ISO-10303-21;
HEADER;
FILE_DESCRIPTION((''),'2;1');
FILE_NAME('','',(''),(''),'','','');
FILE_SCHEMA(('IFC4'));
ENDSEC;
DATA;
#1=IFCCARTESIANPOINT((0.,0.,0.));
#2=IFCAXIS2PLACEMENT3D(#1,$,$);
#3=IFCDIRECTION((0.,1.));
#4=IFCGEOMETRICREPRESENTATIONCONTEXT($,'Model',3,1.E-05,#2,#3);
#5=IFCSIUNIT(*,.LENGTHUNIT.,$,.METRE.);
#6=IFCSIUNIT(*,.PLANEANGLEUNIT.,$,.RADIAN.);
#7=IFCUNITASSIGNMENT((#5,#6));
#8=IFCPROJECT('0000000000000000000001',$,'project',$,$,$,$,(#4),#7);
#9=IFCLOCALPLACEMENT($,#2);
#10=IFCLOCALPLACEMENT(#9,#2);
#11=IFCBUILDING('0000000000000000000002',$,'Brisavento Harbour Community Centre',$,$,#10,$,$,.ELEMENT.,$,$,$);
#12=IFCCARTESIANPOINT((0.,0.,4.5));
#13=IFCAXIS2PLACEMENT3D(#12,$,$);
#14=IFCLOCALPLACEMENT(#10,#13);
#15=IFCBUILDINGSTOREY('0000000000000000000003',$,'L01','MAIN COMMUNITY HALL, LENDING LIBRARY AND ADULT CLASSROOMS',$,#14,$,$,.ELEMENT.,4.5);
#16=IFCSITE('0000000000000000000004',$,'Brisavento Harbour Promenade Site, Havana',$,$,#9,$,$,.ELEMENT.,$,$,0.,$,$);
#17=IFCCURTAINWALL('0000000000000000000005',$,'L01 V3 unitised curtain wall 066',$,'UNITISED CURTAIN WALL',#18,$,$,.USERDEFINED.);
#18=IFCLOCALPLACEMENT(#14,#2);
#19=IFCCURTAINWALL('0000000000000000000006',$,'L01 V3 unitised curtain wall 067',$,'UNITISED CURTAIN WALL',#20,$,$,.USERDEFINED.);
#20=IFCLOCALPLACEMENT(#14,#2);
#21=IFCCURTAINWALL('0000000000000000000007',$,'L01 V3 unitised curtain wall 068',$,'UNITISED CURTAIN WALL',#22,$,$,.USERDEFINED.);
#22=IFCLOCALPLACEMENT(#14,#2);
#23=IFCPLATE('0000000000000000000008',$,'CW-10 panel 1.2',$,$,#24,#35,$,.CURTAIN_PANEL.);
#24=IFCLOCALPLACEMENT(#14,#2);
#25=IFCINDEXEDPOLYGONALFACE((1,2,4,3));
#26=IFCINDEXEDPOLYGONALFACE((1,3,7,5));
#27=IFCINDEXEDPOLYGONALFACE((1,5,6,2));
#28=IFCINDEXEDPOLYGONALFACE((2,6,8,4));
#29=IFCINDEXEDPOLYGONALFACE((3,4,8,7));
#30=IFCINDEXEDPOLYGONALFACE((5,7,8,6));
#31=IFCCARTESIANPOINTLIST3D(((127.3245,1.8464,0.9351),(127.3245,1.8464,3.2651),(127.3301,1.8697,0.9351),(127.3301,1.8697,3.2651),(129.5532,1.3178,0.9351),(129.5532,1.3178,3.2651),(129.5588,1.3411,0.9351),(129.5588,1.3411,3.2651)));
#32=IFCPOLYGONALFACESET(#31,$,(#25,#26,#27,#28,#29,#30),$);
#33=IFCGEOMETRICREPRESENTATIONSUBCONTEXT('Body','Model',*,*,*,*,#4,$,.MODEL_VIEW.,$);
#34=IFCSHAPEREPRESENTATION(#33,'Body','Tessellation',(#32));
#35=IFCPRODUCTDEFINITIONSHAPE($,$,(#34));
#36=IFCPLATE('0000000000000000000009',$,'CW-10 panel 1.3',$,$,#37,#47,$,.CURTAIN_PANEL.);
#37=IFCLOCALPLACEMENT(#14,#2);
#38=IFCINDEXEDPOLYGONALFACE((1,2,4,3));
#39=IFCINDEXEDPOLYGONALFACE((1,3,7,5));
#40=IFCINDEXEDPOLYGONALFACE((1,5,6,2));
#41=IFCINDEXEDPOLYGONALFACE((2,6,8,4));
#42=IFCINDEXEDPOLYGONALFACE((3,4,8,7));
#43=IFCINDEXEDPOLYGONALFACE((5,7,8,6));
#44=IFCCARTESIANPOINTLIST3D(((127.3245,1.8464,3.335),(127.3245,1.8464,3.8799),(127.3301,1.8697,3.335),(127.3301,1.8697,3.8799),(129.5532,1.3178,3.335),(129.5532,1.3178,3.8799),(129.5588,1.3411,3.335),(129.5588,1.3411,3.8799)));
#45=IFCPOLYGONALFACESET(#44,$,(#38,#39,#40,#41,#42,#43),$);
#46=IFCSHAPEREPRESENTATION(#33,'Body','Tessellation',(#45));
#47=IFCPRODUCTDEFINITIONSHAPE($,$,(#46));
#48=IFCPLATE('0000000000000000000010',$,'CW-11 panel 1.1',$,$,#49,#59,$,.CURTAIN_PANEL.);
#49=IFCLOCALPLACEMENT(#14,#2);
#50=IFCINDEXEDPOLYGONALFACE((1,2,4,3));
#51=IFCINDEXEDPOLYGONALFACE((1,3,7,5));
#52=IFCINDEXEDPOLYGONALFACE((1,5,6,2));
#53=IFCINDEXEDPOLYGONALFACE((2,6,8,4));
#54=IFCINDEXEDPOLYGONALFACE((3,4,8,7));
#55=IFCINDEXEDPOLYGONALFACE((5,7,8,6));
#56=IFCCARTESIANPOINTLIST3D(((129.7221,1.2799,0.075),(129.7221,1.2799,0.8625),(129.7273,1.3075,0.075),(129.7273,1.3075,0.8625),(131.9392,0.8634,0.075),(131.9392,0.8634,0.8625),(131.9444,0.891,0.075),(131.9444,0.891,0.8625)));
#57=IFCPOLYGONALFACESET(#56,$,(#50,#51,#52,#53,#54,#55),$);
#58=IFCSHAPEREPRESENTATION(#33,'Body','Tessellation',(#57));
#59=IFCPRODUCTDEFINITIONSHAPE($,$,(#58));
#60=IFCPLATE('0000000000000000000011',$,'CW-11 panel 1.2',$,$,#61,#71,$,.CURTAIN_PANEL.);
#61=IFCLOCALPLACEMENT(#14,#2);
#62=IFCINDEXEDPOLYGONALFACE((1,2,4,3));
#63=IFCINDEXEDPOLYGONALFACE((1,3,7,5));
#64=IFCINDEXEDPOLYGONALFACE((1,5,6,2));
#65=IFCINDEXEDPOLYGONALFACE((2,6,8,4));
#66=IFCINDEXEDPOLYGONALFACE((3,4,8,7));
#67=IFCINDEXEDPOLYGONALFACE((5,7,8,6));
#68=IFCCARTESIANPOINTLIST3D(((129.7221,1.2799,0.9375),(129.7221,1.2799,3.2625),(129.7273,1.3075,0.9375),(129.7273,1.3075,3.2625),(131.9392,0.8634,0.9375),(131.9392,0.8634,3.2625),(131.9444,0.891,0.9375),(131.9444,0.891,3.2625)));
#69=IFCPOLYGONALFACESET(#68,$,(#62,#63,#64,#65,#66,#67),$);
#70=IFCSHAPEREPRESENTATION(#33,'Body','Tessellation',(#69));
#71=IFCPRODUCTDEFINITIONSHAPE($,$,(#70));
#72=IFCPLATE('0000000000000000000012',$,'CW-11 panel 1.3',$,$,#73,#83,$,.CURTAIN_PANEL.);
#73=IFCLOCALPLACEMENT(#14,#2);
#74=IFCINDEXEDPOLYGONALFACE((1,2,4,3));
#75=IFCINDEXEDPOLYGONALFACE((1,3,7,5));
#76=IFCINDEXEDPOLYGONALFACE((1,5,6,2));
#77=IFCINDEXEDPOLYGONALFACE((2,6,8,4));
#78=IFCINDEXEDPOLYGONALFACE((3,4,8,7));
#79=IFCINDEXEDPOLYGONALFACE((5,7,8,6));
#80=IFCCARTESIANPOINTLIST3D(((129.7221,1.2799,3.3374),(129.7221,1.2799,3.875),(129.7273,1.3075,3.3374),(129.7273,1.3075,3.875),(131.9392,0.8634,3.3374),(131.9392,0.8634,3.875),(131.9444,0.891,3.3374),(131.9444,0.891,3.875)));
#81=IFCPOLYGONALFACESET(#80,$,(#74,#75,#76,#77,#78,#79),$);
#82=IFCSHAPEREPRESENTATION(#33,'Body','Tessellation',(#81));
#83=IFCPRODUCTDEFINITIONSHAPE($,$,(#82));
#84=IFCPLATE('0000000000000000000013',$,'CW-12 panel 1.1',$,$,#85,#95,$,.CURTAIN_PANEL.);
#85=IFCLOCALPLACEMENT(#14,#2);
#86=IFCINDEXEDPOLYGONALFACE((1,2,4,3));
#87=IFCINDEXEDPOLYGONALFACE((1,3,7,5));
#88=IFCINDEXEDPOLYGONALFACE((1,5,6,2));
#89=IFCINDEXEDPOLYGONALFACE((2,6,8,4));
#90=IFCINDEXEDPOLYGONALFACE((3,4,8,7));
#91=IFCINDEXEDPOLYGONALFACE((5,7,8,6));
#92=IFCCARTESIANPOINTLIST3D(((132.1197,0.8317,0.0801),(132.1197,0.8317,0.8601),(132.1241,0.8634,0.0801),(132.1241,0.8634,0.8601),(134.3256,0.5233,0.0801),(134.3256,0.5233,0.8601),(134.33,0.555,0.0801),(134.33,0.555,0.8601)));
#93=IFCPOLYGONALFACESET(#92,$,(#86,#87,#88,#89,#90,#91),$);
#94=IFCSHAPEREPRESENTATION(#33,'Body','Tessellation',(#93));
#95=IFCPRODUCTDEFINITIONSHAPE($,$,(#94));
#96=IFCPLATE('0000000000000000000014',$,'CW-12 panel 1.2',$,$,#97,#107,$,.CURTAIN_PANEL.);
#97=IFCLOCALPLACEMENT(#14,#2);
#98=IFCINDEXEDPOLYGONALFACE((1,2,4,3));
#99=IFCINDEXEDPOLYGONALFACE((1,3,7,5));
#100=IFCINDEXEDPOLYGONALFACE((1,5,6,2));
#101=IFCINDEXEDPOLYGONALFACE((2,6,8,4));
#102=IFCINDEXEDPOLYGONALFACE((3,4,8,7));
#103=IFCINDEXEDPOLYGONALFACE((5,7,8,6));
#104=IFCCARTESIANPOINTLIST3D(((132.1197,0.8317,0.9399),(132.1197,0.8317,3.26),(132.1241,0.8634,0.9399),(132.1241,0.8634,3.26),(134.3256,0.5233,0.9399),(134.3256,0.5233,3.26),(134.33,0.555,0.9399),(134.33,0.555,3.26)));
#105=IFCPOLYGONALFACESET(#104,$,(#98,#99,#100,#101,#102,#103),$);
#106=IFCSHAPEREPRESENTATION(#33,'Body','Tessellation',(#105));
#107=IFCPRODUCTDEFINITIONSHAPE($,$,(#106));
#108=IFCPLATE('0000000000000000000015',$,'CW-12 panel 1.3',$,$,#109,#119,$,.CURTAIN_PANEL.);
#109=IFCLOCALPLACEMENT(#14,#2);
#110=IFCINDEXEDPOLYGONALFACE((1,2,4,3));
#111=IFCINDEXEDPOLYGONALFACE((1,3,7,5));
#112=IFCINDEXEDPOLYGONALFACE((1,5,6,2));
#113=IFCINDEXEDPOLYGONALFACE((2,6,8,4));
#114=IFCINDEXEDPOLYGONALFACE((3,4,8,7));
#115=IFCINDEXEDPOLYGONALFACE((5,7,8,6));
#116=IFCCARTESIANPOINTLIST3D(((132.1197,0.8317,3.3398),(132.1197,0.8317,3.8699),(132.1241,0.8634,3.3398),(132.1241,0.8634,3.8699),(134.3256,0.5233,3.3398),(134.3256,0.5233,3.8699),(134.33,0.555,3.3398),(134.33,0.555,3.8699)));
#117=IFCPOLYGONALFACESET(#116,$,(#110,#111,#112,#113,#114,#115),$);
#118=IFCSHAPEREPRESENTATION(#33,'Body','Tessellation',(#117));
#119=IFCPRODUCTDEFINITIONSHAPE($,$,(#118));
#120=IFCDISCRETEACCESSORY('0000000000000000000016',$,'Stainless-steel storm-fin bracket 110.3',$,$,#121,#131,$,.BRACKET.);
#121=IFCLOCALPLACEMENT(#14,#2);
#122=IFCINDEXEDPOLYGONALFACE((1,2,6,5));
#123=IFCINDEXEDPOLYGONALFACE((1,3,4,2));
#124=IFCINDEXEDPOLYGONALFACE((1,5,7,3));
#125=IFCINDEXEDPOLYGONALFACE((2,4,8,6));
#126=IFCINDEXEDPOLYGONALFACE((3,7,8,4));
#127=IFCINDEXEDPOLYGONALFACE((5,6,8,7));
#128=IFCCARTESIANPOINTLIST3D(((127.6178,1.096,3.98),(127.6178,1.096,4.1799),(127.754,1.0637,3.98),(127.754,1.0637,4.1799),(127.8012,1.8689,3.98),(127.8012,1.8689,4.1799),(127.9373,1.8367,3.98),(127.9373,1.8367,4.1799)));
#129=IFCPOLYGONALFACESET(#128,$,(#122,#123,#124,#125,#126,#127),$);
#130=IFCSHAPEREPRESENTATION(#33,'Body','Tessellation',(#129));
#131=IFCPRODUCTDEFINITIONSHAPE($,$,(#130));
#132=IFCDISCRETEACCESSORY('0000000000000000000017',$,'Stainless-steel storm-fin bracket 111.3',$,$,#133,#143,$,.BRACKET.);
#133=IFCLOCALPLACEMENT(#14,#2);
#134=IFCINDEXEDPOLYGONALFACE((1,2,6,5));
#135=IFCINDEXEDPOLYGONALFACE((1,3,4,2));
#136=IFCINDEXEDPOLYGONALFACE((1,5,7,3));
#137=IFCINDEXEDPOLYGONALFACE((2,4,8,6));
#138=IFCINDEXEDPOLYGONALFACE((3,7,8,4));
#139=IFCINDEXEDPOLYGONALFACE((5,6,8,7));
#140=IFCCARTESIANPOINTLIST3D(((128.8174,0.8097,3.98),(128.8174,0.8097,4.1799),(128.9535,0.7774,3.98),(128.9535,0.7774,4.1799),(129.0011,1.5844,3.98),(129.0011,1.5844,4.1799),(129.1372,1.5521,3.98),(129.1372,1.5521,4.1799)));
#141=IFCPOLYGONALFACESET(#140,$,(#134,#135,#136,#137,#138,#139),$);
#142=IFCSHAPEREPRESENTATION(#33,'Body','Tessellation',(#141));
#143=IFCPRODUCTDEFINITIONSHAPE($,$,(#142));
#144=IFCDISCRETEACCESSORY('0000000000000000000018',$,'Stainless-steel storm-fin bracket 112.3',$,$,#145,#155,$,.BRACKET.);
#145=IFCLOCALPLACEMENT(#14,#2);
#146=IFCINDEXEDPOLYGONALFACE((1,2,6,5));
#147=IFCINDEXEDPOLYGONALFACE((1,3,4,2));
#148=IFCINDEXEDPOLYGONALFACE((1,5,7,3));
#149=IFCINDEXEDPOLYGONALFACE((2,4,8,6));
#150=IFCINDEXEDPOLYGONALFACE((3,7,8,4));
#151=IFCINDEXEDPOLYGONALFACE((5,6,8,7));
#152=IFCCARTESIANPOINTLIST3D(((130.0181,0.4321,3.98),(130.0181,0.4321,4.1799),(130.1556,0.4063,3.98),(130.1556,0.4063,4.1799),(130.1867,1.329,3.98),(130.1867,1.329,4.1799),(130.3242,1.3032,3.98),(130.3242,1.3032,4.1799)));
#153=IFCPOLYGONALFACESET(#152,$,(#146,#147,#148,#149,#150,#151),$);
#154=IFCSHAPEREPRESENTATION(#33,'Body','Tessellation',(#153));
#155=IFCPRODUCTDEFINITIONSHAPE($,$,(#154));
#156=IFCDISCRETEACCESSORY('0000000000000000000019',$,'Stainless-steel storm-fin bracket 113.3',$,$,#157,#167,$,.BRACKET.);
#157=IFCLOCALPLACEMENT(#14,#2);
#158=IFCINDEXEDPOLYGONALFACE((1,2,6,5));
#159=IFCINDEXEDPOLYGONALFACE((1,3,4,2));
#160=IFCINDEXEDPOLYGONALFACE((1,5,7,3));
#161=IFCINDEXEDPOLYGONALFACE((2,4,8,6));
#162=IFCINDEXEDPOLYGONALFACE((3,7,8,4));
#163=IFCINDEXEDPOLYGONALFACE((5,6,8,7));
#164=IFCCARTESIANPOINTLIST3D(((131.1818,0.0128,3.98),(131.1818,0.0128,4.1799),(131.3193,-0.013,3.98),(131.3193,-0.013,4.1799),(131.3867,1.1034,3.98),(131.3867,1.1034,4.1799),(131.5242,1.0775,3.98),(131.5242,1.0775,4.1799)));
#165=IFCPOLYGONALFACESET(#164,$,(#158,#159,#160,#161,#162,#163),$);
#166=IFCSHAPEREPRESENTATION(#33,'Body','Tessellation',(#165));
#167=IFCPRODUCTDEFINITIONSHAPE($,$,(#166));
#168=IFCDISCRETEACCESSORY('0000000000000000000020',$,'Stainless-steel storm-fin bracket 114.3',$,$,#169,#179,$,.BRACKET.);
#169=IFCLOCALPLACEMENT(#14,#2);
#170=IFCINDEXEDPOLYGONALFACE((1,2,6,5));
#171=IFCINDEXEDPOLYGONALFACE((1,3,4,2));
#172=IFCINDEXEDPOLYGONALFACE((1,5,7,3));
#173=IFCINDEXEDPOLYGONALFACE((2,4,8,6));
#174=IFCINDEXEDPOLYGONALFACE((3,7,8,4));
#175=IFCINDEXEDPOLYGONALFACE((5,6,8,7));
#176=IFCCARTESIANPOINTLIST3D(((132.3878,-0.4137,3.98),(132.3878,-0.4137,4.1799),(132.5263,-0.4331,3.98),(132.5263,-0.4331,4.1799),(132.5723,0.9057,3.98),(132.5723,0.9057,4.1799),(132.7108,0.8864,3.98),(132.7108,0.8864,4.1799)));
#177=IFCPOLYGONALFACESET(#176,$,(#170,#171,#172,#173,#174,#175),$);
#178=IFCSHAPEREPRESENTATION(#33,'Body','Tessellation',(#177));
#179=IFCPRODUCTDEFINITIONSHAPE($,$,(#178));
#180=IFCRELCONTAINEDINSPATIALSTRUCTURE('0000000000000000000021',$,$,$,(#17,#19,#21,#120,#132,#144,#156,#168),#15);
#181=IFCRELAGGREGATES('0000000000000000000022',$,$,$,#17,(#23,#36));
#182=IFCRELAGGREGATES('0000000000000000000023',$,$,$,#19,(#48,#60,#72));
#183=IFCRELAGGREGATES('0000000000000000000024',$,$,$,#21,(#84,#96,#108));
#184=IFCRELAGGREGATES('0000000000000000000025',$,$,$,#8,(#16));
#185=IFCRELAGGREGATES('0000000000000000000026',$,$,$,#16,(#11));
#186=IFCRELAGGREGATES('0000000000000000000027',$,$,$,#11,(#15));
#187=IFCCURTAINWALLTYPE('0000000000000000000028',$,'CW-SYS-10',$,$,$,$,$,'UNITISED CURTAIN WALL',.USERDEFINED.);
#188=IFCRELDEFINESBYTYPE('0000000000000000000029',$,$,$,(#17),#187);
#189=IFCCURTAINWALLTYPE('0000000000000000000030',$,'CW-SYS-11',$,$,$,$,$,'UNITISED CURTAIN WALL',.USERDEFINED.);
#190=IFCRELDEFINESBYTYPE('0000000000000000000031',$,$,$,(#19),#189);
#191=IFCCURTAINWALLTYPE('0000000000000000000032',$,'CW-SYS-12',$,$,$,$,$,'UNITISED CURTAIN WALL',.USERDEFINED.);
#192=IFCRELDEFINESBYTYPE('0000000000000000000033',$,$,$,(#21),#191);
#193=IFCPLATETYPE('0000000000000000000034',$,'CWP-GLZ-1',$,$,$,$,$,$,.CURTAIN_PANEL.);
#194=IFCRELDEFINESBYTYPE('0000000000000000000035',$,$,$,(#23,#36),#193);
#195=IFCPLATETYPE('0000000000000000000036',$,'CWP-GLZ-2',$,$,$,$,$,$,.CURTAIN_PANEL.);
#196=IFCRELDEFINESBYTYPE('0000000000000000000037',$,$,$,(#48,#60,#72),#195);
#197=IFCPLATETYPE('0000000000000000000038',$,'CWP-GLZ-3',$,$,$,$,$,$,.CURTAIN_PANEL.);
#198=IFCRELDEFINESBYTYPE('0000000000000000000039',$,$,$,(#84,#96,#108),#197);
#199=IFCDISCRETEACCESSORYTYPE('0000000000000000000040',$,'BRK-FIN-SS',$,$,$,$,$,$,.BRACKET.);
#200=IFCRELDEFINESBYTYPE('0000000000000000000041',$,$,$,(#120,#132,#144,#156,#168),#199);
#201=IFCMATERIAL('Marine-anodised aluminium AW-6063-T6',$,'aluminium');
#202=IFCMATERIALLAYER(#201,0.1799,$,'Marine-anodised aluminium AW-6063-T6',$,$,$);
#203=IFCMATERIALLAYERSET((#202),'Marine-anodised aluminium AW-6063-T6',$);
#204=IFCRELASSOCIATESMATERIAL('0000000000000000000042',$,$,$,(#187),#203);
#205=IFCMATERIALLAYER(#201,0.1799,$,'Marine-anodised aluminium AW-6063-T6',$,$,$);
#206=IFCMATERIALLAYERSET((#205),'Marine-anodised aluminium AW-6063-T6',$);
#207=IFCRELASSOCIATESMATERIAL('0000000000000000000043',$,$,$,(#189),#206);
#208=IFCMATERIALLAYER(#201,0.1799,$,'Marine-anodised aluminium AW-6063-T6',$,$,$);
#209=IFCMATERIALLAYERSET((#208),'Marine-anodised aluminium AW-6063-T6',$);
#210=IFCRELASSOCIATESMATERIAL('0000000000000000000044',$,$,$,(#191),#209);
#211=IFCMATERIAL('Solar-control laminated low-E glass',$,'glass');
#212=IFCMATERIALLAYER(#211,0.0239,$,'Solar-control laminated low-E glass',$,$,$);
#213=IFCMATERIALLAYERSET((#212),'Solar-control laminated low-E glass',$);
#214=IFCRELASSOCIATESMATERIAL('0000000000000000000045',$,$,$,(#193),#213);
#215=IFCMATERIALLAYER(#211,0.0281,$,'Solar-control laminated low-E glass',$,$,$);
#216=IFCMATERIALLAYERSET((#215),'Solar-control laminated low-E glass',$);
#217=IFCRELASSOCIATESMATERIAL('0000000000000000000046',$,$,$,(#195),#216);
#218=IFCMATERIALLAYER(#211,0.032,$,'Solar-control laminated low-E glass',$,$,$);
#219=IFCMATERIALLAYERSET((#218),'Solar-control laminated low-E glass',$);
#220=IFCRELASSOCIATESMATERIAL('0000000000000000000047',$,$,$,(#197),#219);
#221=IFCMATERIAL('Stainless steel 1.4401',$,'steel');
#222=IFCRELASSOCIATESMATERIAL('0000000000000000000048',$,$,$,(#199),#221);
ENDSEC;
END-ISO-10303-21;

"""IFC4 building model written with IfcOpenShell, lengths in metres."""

from ifc_helpers import new_model, si_unit, direction, frame, origin, origin_2d, place, context, subcontext, project, spatial, rectangle, extrude, material, layer, layer_set, type_object, element, aggregate, save


model = new_model("IFC4")

# Units and contexts
model_context = context("Model", 3, precision=1e-05, world=origin(), true_north=direction((0.0, 1.0)))
body_context = subcontext(model_context, "Body", "Model", "MODEL_VIEW")
ifc_project = project(units=[si_unit("LENGTHUNIT", "METRE"), si_unit("PLANEANGLEUNIT", "RADIAN")], contexts=[model_context])

# Site, building, storey
site_placement = place(None, origin())
site = spatial("IfcSite", under=ifc_project, at=site_placement, Name="Brisavento Harbour Promenade Site, Havana", CompositionType="ELEMENT", RefElevation=0.0)
building_placement = place(site_placement, origin())
building = spatial("IfcBuilding", under=site, at=building_placement, Name="Brisavento Harbour Community Centre", CompositionType="ELEMENT")
storey_placement = place(building_placement, frame((0.0, 0.0, 4.5)))
storey = spatial("IfcBuildingStorey", under=building, at=storey_placement, Name="L01", Description="MAIN COMMUNITY HALL, LENDING LIBRARY AND ADULT CLASSROOMS", CompositionType="ELEMENT", Elevation=4.5)

# Curtain wall
ifc_material_1 = material(Name="Marine-anodised aluminium AW-6063-T6", Category="aluminium")
ifc_layer_1 = layer(ifc_material_1, 0.1799, Name="Marine-anodised aluminium AW-6063-T6")
ifc_layer_set_1 = layer_set([ifc_layer_1], Name="Marine-anodised aluminium AW-6063-T6")
curtain_wall_type_1 = type_object("IfcCurtainWallType", Name="CW-SYS-10", ElementType="UNITISED CURTAIN WALL", PredefinedType="USERDEFINED", material=ifc_layer_set_1)
curtain_wall_1_placement = place(storey_placement, origin())
curtain_wall_1 = element("IfcCurtainWall", 1, at=curtain_wall_1_placement, inside=storey, type_object=curtain_wall_type_1, Name="L01 V3 unitised curtain wall 066", ObjectType="UNITISED CURTAIN WALL", PredefinedType="USERDEFINED")

# Curtain wall
ifc_layer_2 = layer(ifc_material_1, 0.1799, Name="Marine-anodised aluminium AW-6063-T6")
ifc_layer_set_2 = layer_set([ifc_layer_2], Name="Marine-anodised aluminium AW-6063-T6")
curtain_wall_type_2 = type_object("IfcCurtainWallType", Name="CW-SYS-11", ElementType="UNITISED CURTAIN WALL", PredefinedType="USERDEFINED", material=ifc_layer_set_2)
curtain_wall_2_placement = place(storey_placement, origin())
curtain_wall_2 = element("IfcCurtainWall", 2, at=curtain_wall_2_placement, inside=storey, type_object=curtain_wall_type_2, Name="L01 V3 unitised curtain wall 067", ObjectType="UNITISED CURTAIN WALL", PredefinedType="USERDEFINED")

# Curtain wall
ifc_layer_3 = layer(ifc_material_1, 0.1799, Name="Marine-anodised aluminium AW-6063-T6")
ifc_layer_set_3 = layer_set([ifc_layer_3], Name="Marine-anodised aluminium AW-6063-T6")
curtain_wall_type_3 = type_object("IfcCurtainWallType", Name="CW-SYS-12", ElementType="UNITISED CURTAIN WALL", PredefinedType="USERDEFINED", material=ifc_layer_set_3)
curtain_wall_3_placement = place(storey_placement, origin())
curtain_wall_3 = element("IfcCurtainWall", 3, at=curtain_wall_3_placement, inside=storey, type_object=curtain_wall_type_3, Name="L01 V3 unitised curtain wall 068", ObjectType="UNITISED CURTAIN WALL", PredefinedType="USERDEFINED")

# Plates
ifc_material_2 = material(Name="Solar-control laminated low-E glass", Category="glass")
ifc_layer_4 = layer(ifc_material_2, 0.0239, Name="Solar-control laminated low-E glass")
ifc_layer_set_4 = layer_set([ifc_layer_4], Name="Solar-control laminated low-E glass")
plate_type_1 = type_object("IfcPlateType", Name="CWP-GLZ-1", PredefinedType="CURTAIN_PANEL", material=ifc_layer_set_4)
plate_1_placement = place(storey_placement, frame((128.4417, 1.5938, 0.9351), z_axis=(0.0, 0.0, 1.0), x_axis=(-0.973, 0.230805, 0.0)))
plate_1 = element("IfcPlate", 4, at=plate_1_placement, type_object=plate_type_1, Name="CW-10 panel 1.2", PredefinedType="CURTAIN_PANEL", context=body_context, shape_type="SweptSolid", body=[
    extrude(rectangle(XDim=2.2905, YDim=0.0239, at=origin_2d()), origin(), (0.0, 0.0, 1.0), 2.3301),
])
plate_2_placement = place(storey_placement, frame((128.4417, 1.5938, 3.335), z_axis=(0.0, 0.0, 1.0), x_axis=(-0.973, 0.230805, 0.0)))
plate_2 = element("IfcPlate", 5, at=plate_2_placement, type_object=plate_type_1, Name="CW-10 panel 1.3", PredefinedType="CURTAIN_PANEL", context=body_context, shape_type="SweptSolid", body=[
    extrude(rectangle(XDim=2.2905, YDim=0.0239, at=origin_2d()), origin(), (0.0, 0.0, 1.0), 0.5449),
])
aggregate(curtain_wall_1, [plate_1, plate_2])
ifc_layer_5 = layer(ifc_material_2, 0.0281, Name="Solar-control laminated low-E glass")
ifc_layer_set_5 = layer_set([ifc_layer_5], Name="Solar-control laminated low-E glass")
plate_type_2 = type_object("IfcPlateType", Name="CWP-GLZ-2", PredefinedType="CURTAIN_PANEL", material=ifc_layer_set_5)
plate_3_placement = place(storey_placement, frame((130.8333, 1.0854, 0.075), z_axis=(0.0, 0.0, 1.0), x_axis=(-0.982802, 0.184665, 0.0)))
plate_3 = element("IfcPlate", 6, at=plate_3_placement, type_object=plate_type_2, Name="CW-11 panel 1.1", PredefinedType="CURTAIN_PANEL", context=body_context, shape_type="SweptSolid", body=[
    extrude(rectangle(XDim=2.2559, YDim=0.0281, at=origin_2d()), origin(), (0.0, 0.0, 1.0), 0.7876),
])
plate_4_placement = place(storey_placement, frame((130.8333, 1.0854, 0.9375), z_axis=(0.0, 0.0, 1.0), x_axis=(-0.982802, 0.184665, 0.0)))
plate_4 = element("IfcPlate", 7, at=plate_4_placement, type_object=plate_type_2, Name="CW-11 panel 1.2", PredefinedType="CURTAIN_PANEL", context=body_context, shape_type="SweptSolid", body=[
    extrude(rectangle(XDim=2.2559, YDim=0.0281, at=origin_2d()), origin(), (0.0, 0.0, 1.0), 2.325),
])
plate_5_placement = place(storey_placement, frame((130.8333, 1.0854, 3.3374), z_axis=(0.0, 0.0, 1.0), x_axis=(-0.982802, 0.184665, 0.0)))
plate_5 = element("IfcPlate", 8, at=plate_5_placement, type_object=plate_type_2, Name="CW-11 panel 1.3", PredefinedType="CURTAIN_PANEL", context=body_context, shape_type="SweptSolid", body=[
    extrude(rectangle(XDim=2.2559, YDim=0.0281, at=origin_2d()), origin(), (0.0, 0.0, 1.0), 0.5376),
])
aggregate(curtain_wall_2, [plate_3, plate_4, plate_5])
ifc_layer_6 = layer(ifc_material_2, 0.032, Name="Solar-control laminated low-E glass")
ifc_layer_set_6 = layer_set([ifc_layer_6], Name="Solar-control laminated low-E glass")
plate_type_3 = type_object("IfcPlateType", Name="CWP-GLZ-3", PredefinedType="CURTAIN_PANEL", material=ifc_layer_set_6)
plate_6_placement = place(storey_placement, frame((133.2249, 0.6934, 0.0801), z_axis=(0.0, 0.0, 1.0), x_axis=(-0.990366, 0.138477, 0.0)))
plate_6 = element("IfcPlate", 9, at=plate_6_placement, type_object=plate_type_3, Name="CW-12 panel 1.1", PredefinedType="CURTAIN_PANEL", context=body_context, shape_type="SweptSolid", body=[
    extrude(rectangle(XDim=2.2273, YDim=0.032, at=origin_2d()), origin(), (0.0, 0.0, 1.0), 0.78),
])
plate_7_placement = place(storey_placement, frame((133.2249, 0.6934, 0.9399), z_axis=(0.0, 0.0, 1.0), x_axis=(-0.990366, 0.138477, 0.0)))
plate_7 = element("IfcPlate", 10, at=plate_7_placement, type_object=plate_type_3, Name="CW-12 panel 1.2", PredefinedType="CURTAIN_PANEL", context=body_context, shape_type="SweptSolid", body=[
    extrude(rectangle(XDim=2.2273, YDim=0.032, at=origin_2d()), origin(), (0.0, 0.0, 1.0), 2.3201),
])
plate_8_placement = place(storey_placement, frame((133.2249, 0.6934, 3.3398), z_axis=(0.0, 0.0, 1.0), x_axis=(-0.990366, 0.138477, 0.0)))
plate_8 = element("IfcPlate", 11, at=plate_8_placement, type_object=plate_type_3, Name="CW-12 panel 1.3", PredefinedType="CURTAIN_PANEL", context=body_context, shape_type="SweptSolid", body=[
    extrude(rectangle(XDim=2.2273, YDim=0.032, at=origin_2d()), origin(), (0.0, 0.0, 1.0), 0.53),
])
aggregate(curtain_wall_3, [plate_6, plate_7, plate_8])

# Discrete accessories
ifc_material_3 = material(Name="Stainless steel 1.4401", Category="steel")
discrete_accessory_type = type_object("IfcDiscreteAccessoryType", Name="BRK-FIN-SS", PredefinedType="BRACKET", material=ifc_material_3)
discrete_accessory_1_placement = place(storey_placement, frame((127.7776, 1.4663, 3.98), z_axis=(0.0, 0.0, 1.0), x_axis=(-0.230831, -0.972994, 0.0)))
element("IfcDiscreteAccessory", 12, at=discrete_accessory_1_placement, inside=storey, type_object=discrete_accessory_type, Name="Stainless-steel storm-fin bracket 110.3", PredefinedType="BRACKET", context=body_context, shape_type="SweptSolid", body=[
    extrude(rectangle(XDim=0.7944, YDim=0.1399, at=origin_2d()), origin(), (0.0, 0.0, 1.0), 0.2),
])
discrete_accessory_2_placement = place(storey_placement, frame((128.9773, 1.1809, 3.98), z_axis=(0.0, 0.0, 1.0), x_axis=(-0.230831, -0.972994, 0.0)))
element("IfcDiscreteAccessory", 13, at=discrete_accessory_2_placement, inside=storey, type_object=discrete_accessory_type, Name="Stainless-steel storm-fin bracket 111.3", PredefinedType="BRACKET", context=body_context, shape_type="SweptSolid", body=[
    extrude(rectangle(XDim=0.7961, YDim=0.1399, at=origin_2d()), origin(), (0.0, 0.0, 1.0), 0.2),
])
discrete_accessory_3_placement = place(storey_placement, frame((130.1711, 0.8677, 3.98), z_axis=(0.0, 0.0, 1.0), x_axis=(-0.184672, -0.9828, 0.0)))
element("IfcDiscreteAccessory", 14, at=discrete_accessory_3_placement, inside=storey, type_object=discrete_accessory_type, Name="Stainless-steel storm-fin bracket 112.3", PredefinedType="BRACKET", context=body_context, shape_type="SweptSolid", body=[
    extrude(rectangle(XDim=0.9126, YDim=0.1399, at=origin_2d()), origin(), (0.0, 0.0, 1.0), 0.2),
])
discrete_accessory_4_placement = place(storey_placement, frame((131.353, 0.5452, 3.98), z_axis=(0.0, 0.0, 1.0), x_axis=(-0.184672, -0.9828, 0.0)))
element("IfcDiscreteAccessory", 15, at=discrete_accessory_4_placement, inside=storey, type_object=discrete_accessory_type, Name="Stainless-steel storm-fin bracket 113.3", PredefinedType="BRACKET", context=body_context, shape_type="SweptSolid", body=[
    extrude(rectangle(XDim=1.1096, YDim=0.1399, at=origin_2d()), origin(), (0.0, 0.0, 1.0), 0.2),
])
discrete_accessory_5_placement = place(storey_placement, frame((132.5493, 0.2363, 3.98), z_axis=(0.0, 0.0, 1.0), x_axis=(-0.138499, -0.990363, 0.0)))
element("IfcDiscreteAccessory", 16, at=discrete_accessory_5_placement, inside=storey, type_object=discrete_accessory_type, Name="Stainless-steel storm-fin bracket 114.3", PredefinedType="BRACKET", context=body_context, shape_type="SweptSolid", body=[
    extrude(rectangle(XDim=1.3323, YDim=0.1399, at=origin_2d()), origin(), (0.0, 0.0, 1.0), 0.2),
])

save(model, "model.ifc")
